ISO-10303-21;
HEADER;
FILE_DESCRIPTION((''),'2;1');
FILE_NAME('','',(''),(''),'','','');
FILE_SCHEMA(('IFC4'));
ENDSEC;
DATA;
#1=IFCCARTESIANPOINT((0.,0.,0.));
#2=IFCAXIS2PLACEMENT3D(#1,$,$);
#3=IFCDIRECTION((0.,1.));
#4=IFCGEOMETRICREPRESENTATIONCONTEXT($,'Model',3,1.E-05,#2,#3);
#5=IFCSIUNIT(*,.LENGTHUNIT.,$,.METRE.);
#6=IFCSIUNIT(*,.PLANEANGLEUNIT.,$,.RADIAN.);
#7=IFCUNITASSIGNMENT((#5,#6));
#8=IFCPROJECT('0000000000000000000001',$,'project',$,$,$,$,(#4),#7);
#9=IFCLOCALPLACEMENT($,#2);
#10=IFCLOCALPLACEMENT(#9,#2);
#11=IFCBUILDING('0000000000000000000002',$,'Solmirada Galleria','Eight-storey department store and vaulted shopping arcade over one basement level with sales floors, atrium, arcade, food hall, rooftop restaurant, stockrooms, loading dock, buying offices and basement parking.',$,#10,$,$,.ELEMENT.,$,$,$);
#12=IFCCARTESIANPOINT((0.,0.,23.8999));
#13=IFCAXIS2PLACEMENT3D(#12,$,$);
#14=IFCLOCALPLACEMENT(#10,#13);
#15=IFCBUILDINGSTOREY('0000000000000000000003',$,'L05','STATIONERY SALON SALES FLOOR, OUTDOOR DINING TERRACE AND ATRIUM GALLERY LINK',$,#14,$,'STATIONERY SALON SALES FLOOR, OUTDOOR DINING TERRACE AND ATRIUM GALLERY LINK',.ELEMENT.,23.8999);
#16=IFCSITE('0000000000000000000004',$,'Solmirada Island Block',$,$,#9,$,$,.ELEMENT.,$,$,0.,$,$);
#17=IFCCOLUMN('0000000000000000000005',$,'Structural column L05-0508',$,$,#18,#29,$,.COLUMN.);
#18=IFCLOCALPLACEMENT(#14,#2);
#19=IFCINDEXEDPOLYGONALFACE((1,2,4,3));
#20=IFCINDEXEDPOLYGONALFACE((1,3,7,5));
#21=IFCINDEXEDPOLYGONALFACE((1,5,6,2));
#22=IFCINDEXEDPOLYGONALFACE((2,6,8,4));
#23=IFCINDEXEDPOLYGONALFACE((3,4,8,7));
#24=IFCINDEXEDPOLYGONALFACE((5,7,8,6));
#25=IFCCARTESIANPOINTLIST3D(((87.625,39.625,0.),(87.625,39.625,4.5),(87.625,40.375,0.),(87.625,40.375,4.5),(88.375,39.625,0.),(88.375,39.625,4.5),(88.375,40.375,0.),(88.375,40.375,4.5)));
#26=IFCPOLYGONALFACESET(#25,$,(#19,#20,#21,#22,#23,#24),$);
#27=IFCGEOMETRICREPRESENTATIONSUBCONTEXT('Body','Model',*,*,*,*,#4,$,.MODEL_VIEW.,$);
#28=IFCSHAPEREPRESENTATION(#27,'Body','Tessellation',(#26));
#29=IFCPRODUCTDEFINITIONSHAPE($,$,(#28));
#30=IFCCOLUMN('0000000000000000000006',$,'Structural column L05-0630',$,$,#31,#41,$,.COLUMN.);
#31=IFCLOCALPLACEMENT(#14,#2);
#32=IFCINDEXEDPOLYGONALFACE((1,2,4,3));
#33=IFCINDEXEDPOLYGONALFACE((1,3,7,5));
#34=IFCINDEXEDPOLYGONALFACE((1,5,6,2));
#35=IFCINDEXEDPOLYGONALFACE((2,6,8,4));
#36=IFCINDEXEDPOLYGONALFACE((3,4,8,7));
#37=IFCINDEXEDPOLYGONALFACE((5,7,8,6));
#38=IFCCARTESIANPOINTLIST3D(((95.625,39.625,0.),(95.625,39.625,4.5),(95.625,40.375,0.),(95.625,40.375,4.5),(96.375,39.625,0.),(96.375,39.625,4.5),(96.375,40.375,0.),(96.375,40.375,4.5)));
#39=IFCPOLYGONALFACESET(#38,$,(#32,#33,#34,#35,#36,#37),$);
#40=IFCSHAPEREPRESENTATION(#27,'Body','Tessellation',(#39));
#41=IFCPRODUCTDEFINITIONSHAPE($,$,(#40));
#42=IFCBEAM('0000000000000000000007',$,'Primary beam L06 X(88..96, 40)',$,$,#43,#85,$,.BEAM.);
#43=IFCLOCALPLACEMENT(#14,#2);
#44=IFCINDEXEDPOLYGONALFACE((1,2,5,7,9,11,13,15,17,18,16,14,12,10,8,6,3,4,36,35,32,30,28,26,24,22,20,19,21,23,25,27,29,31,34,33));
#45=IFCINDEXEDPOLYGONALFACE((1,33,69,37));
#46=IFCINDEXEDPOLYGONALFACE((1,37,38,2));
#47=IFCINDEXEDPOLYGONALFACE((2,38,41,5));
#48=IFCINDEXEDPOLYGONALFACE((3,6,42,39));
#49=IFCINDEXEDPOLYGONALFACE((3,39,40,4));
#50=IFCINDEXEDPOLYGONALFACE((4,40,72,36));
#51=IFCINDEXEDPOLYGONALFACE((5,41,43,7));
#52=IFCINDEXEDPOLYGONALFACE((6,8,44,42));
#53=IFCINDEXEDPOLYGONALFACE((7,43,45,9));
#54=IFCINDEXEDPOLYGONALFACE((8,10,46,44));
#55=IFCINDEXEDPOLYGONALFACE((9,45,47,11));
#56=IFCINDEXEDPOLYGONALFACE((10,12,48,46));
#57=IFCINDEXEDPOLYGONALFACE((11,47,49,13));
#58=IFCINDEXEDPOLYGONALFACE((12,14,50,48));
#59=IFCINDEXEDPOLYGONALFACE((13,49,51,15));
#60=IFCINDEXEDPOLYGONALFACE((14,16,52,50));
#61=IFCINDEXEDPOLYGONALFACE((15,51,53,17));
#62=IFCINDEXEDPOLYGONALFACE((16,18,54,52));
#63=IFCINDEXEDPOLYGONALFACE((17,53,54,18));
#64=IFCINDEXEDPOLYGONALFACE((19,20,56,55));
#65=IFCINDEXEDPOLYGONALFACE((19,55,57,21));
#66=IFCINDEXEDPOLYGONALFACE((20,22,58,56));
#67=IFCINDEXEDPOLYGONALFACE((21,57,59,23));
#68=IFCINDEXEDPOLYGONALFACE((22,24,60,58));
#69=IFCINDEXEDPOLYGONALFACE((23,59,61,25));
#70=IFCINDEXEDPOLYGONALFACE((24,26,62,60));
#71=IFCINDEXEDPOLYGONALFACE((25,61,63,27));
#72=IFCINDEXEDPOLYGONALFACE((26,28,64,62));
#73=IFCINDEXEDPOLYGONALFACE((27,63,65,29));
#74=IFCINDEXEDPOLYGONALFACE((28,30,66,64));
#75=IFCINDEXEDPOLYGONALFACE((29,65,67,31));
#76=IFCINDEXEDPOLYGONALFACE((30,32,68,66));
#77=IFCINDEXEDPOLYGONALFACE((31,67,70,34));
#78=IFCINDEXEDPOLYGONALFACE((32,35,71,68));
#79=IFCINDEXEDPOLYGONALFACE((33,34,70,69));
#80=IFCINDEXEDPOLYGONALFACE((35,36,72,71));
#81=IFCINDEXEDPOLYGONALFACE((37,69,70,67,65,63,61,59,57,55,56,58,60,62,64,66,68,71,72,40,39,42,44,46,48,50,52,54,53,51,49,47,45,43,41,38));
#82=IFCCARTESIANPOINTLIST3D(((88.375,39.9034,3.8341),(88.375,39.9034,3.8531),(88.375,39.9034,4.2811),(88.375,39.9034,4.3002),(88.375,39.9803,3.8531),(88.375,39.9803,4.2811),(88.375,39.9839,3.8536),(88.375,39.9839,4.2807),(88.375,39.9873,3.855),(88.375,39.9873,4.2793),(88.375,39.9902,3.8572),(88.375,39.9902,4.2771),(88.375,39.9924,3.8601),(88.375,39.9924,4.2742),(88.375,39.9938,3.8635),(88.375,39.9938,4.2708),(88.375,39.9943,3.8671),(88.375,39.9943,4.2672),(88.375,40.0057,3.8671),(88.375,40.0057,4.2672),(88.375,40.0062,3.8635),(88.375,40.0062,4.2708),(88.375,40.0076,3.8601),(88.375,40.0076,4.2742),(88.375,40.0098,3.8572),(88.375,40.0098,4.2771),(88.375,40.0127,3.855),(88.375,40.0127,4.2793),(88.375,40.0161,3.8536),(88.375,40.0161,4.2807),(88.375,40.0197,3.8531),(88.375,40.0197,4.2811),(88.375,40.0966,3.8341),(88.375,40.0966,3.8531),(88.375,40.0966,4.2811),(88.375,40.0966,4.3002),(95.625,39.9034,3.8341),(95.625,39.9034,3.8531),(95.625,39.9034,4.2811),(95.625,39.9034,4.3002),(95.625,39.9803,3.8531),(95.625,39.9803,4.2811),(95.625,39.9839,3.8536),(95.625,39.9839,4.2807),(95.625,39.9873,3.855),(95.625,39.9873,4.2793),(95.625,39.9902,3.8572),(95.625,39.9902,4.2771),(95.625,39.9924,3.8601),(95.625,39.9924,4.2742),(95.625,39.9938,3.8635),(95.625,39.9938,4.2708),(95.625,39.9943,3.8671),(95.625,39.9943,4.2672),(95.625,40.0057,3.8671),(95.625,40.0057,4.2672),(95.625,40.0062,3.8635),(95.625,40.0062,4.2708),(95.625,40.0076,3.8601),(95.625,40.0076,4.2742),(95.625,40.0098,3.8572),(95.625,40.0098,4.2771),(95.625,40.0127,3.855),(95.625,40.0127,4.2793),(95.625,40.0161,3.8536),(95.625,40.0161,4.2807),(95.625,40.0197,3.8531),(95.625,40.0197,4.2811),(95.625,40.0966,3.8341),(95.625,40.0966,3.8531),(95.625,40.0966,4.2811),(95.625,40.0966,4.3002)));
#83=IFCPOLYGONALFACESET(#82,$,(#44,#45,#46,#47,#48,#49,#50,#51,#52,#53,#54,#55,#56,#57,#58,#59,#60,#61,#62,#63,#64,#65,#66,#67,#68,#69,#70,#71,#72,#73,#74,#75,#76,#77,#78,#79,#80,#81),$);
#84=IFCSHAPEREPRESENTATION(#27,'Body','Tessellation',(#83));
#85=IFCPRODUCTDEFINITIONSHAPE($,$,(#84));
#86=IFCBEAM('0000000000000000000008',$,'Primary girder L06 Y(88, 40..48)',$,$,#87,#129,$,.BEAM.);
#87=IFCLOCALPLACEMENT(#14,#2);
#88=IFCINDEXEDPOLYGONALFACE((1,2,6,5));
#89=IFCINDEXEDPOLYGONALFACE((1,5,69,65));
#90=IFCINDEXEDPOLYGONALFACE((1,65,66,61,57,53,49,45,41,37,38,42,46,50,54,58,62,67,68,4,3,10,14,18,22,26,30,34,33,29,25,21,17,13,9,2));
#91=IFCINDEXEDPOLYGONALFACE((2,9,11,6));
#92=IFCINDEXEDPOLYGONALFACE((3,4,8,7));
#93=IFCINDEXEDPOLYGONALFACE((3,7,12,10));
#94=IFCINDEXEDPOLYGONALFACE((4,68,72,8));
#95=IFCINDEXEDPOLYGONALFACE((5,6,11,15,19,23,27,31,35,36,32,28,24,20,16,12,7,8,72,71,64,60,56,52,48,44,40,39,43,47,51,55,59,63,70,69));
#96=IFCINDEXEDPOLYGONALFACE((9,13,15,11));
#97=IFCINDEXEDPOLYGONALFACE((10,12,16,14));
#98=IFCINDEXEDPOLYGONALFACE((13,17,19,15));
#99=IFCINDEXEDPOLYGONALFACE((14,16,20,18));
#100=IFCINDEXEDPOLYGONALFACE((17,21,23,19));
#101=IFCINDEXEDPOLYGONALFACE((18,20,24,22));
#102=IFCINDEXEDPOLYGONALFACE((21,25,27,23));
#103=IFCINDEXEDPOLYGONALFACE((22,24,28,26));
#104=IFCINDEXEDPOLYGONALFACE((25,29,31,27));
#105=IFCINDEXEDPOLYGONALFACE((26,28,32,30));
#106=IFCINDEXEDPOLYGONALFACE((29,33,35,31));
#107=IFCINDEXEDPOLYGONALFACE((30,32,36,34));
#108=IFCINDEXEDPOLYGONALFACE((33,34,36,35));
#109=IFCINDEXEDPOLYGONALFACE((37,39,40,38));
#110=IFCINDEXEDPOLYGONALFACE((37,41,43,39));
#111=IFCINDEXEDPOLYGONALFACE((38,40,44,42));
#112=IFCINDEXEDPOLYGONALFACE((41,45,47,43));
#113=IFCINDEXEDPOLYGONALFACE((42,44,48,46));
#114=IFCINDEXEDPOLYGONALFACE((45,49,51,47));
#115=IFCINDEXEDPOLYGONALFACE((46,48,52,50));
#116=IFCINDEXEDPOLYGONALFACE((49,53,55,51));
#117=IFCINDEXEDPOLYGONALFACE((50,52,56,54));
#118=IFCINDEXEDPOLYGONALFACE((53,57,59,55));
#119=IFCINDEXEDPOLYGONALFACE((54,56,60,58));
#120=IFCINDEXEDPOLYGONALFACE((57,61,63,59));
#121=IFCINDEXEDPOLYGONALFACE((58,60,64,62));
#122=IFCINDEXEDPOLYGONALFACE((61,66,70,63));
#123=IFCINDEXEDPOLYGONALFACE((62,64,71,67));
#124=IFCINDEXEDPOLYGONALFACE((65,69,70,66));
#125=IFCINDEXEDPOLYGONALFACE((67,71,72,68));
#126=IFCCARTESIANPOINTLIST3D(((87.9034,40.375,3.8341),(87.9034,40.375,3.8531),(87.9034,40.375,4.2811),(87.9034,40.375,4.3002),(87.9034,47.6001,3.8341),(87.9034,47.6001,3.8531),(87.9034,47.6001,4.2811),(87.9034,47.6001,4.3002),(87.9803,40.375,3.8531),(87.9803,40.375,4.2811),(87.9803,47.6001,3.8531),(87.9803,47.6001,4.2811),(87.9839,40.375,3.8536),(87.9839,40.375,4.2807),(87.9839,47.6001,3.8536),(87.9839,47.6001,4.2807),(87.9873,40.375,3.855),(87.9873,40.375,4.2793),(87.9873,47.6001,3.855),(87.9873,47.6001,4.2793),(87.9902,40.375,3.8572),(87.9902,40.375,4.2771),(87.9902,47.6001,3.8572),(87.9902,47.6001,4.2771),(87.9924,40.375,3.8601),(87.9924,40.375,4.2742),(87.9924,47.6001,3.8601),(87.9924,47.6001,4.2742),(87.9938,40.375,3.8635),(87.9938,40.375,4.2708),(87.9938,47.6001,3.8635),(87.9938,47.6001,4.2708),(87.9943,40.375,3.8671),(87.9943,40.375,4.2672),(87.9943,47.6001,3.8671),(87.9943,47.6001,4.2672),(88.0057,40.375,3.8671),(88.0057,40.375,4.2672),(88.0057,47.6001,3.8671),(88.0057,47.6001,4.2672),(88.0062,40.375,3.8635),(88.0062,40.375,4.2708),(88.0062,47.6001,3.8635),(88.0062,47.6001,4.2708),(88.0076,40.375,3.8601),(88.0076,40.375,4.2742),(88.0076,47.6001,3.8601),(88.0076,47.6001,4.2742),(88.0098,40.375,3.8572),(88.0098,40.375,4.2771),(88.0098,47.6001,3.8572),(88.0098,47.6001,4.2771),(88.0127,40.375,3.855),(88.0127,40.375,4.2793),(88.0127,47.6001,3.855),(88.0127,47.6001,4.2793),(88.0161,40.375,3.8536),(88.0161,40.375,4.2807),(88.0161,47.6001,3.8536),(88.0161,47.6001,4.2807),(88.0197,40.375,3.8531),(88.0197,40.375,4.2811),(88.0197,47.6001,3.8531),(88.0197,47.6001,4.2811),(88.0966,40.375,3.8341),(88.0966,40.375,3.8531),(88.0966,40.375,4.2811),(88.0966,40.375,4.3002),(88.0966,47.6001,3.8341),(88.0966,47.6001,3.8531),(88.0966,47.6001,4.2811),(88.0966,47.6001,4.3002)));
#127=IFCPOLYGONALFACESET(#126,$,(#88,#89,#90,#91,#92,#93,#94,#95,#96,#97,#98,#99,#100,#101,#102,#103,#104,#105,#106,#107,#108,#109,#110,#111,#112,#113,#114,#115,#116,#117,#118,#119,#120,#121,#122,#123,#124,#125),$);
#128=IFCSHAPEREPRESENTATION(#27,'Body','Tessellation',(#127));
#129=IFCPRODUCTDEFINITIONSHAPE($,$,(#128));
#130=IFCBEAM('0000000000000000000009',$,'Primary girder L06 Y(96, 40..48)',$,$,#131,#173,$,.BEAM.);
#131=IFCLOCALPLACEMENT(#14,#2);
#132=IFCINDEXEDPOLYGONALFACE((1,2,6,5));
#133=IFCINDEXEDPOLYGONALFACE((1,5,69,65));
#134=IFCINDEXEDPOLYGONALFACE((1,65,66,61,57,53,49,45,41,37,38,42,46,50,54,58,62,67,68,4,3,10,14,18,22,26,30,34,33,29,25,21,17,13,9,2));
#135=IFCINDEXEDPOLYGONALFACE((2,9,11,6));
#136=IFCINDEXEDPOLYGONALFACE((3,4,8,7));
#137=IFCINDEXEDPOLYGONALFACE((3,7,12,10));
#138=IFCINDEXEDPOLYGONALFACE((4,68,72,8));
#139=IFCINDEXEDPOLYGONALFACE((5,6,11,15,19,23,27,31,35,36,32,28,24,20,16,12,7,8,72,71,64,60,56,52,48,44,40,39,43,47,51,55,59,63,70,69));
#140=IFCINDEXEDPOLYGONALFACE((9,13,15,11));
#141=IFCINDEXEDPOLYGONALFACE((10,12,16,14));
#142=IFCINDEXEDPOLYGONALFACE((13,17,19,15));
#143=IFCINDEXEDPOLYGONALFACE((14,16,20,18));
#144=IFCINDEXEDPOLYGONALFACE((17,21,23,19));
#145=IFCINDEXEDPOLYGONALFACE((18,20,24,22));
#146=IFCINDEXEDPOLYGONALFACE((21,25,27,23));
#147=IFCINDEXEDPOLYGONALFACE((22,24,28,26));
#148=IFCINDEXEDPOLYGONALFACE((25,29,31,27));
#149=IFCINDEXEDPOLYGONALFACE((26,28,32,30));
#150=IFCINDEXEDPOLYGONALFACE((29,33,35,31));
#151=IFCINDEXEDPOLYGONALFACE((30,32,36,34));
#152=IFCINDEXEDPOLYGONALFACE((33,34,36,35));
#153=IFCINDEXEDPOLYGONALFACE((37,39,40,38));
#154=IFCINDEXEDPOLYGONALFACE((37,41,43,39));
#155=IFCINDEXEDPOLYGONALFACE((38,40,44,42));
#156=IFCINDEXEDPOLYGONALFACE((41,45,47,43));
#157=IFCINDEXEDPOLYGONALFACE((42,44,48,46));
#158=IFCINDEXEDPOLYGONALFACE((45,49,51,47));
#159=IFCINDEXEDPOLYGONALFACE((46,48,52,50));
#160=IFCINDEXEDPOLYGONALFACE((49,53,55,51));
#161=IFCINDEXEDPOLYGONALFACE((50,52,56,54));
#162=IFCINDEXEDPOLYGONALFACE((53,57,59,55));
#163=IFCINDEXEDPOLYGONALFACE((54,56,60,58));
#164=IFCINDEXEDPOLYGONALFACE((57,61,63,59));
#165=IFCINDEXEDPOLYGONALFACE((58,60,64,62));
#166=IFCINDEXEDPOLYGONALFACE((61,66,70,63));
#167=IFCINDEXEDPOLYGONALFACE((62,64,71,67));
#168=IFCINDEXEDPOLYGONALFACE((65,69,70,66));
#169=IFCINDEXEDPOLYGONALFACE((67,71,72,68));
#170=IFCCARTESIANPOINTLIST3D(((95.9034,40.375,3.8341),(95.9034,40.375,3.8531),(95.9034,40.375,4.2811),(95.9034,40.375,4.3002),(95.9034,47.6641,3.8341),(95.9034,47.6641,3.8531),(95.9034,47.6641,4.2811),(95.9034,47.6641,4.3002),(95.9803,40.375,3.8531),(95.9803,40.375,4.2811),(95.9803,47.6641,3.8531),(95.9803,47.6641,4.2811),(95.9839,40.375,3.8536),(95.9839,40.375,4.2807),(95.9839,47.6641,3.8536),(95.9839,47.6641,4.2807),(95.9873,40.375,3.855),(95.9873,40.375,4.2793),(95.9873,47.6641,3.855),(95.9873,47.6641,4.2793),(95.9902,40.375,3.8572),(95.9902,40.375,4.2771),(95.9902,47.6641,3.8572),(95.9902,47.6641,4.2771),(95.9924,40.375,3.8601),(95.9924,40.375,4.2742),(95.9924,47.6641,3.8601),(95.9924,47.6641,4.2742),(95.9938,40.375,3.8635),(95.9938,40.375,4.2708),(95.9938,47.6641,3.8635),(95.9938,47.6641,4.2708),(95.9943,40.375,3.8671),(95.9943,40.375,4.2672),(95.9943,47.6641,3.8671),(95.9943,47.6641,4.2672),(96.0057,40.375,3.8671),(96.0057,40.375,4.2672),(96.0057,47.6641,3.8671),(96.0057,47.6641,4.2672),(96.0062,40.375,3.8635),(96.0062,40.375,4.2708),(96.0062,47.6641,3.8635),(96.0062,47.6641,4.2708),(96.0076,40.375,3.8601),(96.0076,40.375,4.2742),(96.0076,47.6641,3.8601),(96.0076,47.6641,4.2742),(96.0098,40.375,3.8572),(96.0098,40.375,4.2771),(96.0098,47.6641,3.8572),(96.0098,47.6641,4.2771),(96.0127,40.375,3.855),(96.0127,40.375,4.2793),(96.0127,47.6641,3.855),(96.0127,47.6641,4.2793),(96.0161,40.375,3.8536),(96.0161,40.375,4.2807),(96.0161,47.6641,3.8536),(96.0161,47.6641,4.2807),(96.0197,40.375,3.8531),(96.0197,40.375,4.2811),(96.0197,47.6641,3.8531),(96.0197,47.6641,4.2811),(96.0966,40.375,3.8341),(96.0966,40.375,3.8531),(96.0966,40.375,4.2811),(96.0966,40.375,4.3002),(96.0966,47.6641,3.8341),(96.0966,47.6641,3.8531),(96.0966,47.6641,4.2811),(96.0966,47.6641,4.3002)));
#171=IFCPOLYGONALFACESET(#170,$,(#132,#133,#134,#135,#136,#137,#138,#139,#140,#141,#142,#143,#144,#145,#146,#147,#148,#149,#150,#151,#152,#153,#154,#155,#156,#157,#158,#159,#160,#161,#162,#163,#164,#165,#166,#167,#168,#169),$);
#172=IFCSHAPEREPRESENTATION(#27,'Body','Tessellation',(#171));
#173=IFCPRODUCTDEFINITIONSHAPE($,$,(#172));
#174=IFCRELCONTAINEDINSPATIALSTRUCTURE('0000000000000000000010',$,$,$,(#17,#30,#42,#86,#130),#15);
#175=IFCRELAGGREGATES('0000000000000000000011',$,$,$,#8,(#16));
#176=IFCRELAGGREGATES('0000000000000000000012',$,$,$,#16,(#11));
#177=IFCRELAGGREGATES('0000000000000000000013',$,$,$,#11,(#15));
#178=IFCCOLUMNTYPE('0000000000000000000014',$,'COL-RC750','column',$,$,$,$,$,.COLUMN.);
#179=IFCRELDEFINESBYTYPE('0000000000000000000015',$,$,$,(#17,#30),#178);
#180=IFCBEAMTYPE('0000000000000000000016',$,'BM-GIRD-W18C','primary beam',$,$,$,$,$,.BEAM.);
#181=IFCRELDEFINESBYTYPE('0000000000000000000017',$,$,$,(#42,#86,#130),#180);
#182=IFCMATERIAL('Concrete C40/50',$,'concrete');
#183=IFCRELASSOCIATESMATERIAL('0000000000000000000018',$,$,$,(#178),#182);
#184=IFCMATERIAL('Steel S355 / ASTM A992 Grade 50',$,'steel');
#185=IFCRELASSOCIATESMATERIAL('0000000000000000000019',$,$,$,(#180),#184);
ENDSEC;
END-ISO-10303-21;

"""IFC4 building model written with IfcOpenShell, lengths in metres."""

from ifc_helpers import new_model, si_unit, direction, frame, origin, origin_2d, place, context, subcontext, project, spatial, rectangle, i_section, extrude, material, material_profile, profile_set, type_object, element, save


model = new_model("IFC4")

# Units and contexts
model_context = context("Model", 3, precision=1e-05, world=origin(), true_north=direction((0.0, 1.0)))
body_context = subcontext(model_context, "Body", "Model", "MODEL_VIEW")
ifc_project = project(units=[si_unit("LENGTHUNIT", "METRE"), si_unit("PLANEANGLEUNIT", "RADIAN")], contexts=[model_context])

# Site, building, storey
site_placement = place(None, origin())
site = spatial("IfcSite", under=ifc_project, at=site_placement, Name="Solmirada Island Block", CompositionType="ELEMENT", RefElevation=0.0)
building_placement = place(site_placement, origin())
building = spatial("IfcBuilding", under=site, at=building_placement, Name="Solmirada Galleria", Description="Eight-storey department store and vaulted shopping arcade over one basement level with sales floors, atrium, arcade, food hall, rooftop restaurant, stockrooms, loading dock, buying offices and basement parking.", CompositionType="ELEMENT")
storey_placement = place(building_placement, frame((0.0, 0.0, 23.8999)))
storey = spatial("IfcBuildingStorey", under=building, at=storey_placement, Name="L05", Description="STATIONERY SALON SALES FLOOR, OUTDOOR DINING TERRACE AND ATRIUM GALLERY LINK", LongName="STATIONERY SALON SALES FLOOR, OUTDOOR DINING TERRACE AND ATRIUM GALLERY LINK", CompositionType="ELEMENT", Elevation=23.8999)

# Columns
ifc_material_1 = material(Name="Concrete C40/50", Category="concrete")
ifc_material_profile_1 = material_profile(ifc_material_1, rectangle(XDim=0.75, YDim=0.75, at=origin_2d()), Name="RC750X750")
ifc_profile_set_1 = profile_set([ifc_material_profile_1], Name="Concrete C40/50")
column_type = type_object("IfcColumnType", Name="COL-RC750", Description="column", PredefinedType="COLUMN", material=ifc_profile_set_1)
for number, where, z_axis, x_axis, name in (
    (1, (88.0, 40.0, 0.0), (0.0, 0.0, 1.0), (1.0, 0.0, 0.0), "Structural column L05-0508"),
    (2, (96.0, 40.0, 0.0), (0.0, 0.0, 1.0), (1.0, 0.0, 0.0), "Structural column L05-0630"),
):
    element("IfcColumn", number, at=place(storey_placement, frame(where, z_axis=z_axis, x_axis=x_axis)), inside=storey, type_object=column_type, Name=name, PredefinedType="COLUMN", context=body_context, shape_type="SweptSolid", body=[
        extrude(rectangle(XDim=0.75, YDim=0.75, at=origin_2d()), origin(), (0.0, 0.0, 1.0), 4.5),
    ])

# Beams
ifc_material_2 = material(Name="Steel S355 / ASTM A992 Grade 50", Category="steel")
ifc_material_profile_2 = material_profile(ifc_material_2, i_section(OverallWidth=0.1931, OverallDepth=0.4661, WebThickness=0.0115, FlangeThickness=0.019, FilletRadius=0.0139, at=origin_2d()), Name="W18X65")
ifc_profile_set_2 = profile_set([ifc_material_profile_2], Name="Steel S355 / ASTM A992 Grade 50")
beam_type_1 = type_object("IfcBeamType", Name="BM-GIRD-W18C", Description="primary beam", PredefinedType="BEAM", material=ifc_profile_set_2)
beam_1_placement = place(storey_placement, frame((88.375, 40.0, 4.0671), z_axis=(1.0, 0.0, 0.0), x_axis=(0.0, 1.0, 0.0)))
element("IfcBeam", 3, at=beam_1_placement, inside=storey, type_object=beam_type_1, Name="Primary beam L06 X(88..96, 40)", PredefinedType="BEAM", context=body_context, shape_type="SweptSolid", body=[
    extrude(i_section(OverallWidth=0.1931, OverallDepth=0.4661, WebThickness=0.0115, FlangeThickness=0.019, FilletRadius=0.0139, at=origin_2d()), origin(), (0.0, 0.0, 1.0), 7.25),
])
beam_2_placement = place(storey_placement, frame((88.0, 40.375, 4.0671), z_axis=(0.0, 1.0, 0.0), x_axis=(-1.0, 0.0, 0.0)))
element("IfcBeam", 4, at=beam_2_placement, inside=storey, type_object=beam_type_1, Name="Primary girder L06 Y(88, 40..48)", PredefinedType="BEAM", context=body_context, shape_type="SweptSolid", body=[
    extrude(i_section(OverallWidth=0.1931, OverallDepth=0.4661, WebThickness=0.0115, FlangeThickness=0.019, FilletRadius=0.0139, at=origin_2d()), origin(), (0.0, 0.0, 1.0), 7.2251),
])
beam_3_placement = place(storey_placement, frame((96.0, 40.375, 4.0671), z_axis=(0.0, 1.0, 0.0), x_axis=(-1.0, 0.0, 0.0)))
element("IfcBeam", 5, at=beam_3_placement, inside=storey, type_object=beam_type_1, Name="Primary girder L06 Y(96, 40..48)", PredefinedType="BEAM", context=body_context, shape_type="SweptSolid", body=[
    extrude(i_section(OverallWidth=0.1931, OverallDepth=0.4661, WebThickness=0.0115, FlangeThickness=0.019, FilletRadius=0.0139, at=origin_2d()), origin(), (0.0, 0.0, 1.0), 7.2891),
])

save(model, "model.ifc")
